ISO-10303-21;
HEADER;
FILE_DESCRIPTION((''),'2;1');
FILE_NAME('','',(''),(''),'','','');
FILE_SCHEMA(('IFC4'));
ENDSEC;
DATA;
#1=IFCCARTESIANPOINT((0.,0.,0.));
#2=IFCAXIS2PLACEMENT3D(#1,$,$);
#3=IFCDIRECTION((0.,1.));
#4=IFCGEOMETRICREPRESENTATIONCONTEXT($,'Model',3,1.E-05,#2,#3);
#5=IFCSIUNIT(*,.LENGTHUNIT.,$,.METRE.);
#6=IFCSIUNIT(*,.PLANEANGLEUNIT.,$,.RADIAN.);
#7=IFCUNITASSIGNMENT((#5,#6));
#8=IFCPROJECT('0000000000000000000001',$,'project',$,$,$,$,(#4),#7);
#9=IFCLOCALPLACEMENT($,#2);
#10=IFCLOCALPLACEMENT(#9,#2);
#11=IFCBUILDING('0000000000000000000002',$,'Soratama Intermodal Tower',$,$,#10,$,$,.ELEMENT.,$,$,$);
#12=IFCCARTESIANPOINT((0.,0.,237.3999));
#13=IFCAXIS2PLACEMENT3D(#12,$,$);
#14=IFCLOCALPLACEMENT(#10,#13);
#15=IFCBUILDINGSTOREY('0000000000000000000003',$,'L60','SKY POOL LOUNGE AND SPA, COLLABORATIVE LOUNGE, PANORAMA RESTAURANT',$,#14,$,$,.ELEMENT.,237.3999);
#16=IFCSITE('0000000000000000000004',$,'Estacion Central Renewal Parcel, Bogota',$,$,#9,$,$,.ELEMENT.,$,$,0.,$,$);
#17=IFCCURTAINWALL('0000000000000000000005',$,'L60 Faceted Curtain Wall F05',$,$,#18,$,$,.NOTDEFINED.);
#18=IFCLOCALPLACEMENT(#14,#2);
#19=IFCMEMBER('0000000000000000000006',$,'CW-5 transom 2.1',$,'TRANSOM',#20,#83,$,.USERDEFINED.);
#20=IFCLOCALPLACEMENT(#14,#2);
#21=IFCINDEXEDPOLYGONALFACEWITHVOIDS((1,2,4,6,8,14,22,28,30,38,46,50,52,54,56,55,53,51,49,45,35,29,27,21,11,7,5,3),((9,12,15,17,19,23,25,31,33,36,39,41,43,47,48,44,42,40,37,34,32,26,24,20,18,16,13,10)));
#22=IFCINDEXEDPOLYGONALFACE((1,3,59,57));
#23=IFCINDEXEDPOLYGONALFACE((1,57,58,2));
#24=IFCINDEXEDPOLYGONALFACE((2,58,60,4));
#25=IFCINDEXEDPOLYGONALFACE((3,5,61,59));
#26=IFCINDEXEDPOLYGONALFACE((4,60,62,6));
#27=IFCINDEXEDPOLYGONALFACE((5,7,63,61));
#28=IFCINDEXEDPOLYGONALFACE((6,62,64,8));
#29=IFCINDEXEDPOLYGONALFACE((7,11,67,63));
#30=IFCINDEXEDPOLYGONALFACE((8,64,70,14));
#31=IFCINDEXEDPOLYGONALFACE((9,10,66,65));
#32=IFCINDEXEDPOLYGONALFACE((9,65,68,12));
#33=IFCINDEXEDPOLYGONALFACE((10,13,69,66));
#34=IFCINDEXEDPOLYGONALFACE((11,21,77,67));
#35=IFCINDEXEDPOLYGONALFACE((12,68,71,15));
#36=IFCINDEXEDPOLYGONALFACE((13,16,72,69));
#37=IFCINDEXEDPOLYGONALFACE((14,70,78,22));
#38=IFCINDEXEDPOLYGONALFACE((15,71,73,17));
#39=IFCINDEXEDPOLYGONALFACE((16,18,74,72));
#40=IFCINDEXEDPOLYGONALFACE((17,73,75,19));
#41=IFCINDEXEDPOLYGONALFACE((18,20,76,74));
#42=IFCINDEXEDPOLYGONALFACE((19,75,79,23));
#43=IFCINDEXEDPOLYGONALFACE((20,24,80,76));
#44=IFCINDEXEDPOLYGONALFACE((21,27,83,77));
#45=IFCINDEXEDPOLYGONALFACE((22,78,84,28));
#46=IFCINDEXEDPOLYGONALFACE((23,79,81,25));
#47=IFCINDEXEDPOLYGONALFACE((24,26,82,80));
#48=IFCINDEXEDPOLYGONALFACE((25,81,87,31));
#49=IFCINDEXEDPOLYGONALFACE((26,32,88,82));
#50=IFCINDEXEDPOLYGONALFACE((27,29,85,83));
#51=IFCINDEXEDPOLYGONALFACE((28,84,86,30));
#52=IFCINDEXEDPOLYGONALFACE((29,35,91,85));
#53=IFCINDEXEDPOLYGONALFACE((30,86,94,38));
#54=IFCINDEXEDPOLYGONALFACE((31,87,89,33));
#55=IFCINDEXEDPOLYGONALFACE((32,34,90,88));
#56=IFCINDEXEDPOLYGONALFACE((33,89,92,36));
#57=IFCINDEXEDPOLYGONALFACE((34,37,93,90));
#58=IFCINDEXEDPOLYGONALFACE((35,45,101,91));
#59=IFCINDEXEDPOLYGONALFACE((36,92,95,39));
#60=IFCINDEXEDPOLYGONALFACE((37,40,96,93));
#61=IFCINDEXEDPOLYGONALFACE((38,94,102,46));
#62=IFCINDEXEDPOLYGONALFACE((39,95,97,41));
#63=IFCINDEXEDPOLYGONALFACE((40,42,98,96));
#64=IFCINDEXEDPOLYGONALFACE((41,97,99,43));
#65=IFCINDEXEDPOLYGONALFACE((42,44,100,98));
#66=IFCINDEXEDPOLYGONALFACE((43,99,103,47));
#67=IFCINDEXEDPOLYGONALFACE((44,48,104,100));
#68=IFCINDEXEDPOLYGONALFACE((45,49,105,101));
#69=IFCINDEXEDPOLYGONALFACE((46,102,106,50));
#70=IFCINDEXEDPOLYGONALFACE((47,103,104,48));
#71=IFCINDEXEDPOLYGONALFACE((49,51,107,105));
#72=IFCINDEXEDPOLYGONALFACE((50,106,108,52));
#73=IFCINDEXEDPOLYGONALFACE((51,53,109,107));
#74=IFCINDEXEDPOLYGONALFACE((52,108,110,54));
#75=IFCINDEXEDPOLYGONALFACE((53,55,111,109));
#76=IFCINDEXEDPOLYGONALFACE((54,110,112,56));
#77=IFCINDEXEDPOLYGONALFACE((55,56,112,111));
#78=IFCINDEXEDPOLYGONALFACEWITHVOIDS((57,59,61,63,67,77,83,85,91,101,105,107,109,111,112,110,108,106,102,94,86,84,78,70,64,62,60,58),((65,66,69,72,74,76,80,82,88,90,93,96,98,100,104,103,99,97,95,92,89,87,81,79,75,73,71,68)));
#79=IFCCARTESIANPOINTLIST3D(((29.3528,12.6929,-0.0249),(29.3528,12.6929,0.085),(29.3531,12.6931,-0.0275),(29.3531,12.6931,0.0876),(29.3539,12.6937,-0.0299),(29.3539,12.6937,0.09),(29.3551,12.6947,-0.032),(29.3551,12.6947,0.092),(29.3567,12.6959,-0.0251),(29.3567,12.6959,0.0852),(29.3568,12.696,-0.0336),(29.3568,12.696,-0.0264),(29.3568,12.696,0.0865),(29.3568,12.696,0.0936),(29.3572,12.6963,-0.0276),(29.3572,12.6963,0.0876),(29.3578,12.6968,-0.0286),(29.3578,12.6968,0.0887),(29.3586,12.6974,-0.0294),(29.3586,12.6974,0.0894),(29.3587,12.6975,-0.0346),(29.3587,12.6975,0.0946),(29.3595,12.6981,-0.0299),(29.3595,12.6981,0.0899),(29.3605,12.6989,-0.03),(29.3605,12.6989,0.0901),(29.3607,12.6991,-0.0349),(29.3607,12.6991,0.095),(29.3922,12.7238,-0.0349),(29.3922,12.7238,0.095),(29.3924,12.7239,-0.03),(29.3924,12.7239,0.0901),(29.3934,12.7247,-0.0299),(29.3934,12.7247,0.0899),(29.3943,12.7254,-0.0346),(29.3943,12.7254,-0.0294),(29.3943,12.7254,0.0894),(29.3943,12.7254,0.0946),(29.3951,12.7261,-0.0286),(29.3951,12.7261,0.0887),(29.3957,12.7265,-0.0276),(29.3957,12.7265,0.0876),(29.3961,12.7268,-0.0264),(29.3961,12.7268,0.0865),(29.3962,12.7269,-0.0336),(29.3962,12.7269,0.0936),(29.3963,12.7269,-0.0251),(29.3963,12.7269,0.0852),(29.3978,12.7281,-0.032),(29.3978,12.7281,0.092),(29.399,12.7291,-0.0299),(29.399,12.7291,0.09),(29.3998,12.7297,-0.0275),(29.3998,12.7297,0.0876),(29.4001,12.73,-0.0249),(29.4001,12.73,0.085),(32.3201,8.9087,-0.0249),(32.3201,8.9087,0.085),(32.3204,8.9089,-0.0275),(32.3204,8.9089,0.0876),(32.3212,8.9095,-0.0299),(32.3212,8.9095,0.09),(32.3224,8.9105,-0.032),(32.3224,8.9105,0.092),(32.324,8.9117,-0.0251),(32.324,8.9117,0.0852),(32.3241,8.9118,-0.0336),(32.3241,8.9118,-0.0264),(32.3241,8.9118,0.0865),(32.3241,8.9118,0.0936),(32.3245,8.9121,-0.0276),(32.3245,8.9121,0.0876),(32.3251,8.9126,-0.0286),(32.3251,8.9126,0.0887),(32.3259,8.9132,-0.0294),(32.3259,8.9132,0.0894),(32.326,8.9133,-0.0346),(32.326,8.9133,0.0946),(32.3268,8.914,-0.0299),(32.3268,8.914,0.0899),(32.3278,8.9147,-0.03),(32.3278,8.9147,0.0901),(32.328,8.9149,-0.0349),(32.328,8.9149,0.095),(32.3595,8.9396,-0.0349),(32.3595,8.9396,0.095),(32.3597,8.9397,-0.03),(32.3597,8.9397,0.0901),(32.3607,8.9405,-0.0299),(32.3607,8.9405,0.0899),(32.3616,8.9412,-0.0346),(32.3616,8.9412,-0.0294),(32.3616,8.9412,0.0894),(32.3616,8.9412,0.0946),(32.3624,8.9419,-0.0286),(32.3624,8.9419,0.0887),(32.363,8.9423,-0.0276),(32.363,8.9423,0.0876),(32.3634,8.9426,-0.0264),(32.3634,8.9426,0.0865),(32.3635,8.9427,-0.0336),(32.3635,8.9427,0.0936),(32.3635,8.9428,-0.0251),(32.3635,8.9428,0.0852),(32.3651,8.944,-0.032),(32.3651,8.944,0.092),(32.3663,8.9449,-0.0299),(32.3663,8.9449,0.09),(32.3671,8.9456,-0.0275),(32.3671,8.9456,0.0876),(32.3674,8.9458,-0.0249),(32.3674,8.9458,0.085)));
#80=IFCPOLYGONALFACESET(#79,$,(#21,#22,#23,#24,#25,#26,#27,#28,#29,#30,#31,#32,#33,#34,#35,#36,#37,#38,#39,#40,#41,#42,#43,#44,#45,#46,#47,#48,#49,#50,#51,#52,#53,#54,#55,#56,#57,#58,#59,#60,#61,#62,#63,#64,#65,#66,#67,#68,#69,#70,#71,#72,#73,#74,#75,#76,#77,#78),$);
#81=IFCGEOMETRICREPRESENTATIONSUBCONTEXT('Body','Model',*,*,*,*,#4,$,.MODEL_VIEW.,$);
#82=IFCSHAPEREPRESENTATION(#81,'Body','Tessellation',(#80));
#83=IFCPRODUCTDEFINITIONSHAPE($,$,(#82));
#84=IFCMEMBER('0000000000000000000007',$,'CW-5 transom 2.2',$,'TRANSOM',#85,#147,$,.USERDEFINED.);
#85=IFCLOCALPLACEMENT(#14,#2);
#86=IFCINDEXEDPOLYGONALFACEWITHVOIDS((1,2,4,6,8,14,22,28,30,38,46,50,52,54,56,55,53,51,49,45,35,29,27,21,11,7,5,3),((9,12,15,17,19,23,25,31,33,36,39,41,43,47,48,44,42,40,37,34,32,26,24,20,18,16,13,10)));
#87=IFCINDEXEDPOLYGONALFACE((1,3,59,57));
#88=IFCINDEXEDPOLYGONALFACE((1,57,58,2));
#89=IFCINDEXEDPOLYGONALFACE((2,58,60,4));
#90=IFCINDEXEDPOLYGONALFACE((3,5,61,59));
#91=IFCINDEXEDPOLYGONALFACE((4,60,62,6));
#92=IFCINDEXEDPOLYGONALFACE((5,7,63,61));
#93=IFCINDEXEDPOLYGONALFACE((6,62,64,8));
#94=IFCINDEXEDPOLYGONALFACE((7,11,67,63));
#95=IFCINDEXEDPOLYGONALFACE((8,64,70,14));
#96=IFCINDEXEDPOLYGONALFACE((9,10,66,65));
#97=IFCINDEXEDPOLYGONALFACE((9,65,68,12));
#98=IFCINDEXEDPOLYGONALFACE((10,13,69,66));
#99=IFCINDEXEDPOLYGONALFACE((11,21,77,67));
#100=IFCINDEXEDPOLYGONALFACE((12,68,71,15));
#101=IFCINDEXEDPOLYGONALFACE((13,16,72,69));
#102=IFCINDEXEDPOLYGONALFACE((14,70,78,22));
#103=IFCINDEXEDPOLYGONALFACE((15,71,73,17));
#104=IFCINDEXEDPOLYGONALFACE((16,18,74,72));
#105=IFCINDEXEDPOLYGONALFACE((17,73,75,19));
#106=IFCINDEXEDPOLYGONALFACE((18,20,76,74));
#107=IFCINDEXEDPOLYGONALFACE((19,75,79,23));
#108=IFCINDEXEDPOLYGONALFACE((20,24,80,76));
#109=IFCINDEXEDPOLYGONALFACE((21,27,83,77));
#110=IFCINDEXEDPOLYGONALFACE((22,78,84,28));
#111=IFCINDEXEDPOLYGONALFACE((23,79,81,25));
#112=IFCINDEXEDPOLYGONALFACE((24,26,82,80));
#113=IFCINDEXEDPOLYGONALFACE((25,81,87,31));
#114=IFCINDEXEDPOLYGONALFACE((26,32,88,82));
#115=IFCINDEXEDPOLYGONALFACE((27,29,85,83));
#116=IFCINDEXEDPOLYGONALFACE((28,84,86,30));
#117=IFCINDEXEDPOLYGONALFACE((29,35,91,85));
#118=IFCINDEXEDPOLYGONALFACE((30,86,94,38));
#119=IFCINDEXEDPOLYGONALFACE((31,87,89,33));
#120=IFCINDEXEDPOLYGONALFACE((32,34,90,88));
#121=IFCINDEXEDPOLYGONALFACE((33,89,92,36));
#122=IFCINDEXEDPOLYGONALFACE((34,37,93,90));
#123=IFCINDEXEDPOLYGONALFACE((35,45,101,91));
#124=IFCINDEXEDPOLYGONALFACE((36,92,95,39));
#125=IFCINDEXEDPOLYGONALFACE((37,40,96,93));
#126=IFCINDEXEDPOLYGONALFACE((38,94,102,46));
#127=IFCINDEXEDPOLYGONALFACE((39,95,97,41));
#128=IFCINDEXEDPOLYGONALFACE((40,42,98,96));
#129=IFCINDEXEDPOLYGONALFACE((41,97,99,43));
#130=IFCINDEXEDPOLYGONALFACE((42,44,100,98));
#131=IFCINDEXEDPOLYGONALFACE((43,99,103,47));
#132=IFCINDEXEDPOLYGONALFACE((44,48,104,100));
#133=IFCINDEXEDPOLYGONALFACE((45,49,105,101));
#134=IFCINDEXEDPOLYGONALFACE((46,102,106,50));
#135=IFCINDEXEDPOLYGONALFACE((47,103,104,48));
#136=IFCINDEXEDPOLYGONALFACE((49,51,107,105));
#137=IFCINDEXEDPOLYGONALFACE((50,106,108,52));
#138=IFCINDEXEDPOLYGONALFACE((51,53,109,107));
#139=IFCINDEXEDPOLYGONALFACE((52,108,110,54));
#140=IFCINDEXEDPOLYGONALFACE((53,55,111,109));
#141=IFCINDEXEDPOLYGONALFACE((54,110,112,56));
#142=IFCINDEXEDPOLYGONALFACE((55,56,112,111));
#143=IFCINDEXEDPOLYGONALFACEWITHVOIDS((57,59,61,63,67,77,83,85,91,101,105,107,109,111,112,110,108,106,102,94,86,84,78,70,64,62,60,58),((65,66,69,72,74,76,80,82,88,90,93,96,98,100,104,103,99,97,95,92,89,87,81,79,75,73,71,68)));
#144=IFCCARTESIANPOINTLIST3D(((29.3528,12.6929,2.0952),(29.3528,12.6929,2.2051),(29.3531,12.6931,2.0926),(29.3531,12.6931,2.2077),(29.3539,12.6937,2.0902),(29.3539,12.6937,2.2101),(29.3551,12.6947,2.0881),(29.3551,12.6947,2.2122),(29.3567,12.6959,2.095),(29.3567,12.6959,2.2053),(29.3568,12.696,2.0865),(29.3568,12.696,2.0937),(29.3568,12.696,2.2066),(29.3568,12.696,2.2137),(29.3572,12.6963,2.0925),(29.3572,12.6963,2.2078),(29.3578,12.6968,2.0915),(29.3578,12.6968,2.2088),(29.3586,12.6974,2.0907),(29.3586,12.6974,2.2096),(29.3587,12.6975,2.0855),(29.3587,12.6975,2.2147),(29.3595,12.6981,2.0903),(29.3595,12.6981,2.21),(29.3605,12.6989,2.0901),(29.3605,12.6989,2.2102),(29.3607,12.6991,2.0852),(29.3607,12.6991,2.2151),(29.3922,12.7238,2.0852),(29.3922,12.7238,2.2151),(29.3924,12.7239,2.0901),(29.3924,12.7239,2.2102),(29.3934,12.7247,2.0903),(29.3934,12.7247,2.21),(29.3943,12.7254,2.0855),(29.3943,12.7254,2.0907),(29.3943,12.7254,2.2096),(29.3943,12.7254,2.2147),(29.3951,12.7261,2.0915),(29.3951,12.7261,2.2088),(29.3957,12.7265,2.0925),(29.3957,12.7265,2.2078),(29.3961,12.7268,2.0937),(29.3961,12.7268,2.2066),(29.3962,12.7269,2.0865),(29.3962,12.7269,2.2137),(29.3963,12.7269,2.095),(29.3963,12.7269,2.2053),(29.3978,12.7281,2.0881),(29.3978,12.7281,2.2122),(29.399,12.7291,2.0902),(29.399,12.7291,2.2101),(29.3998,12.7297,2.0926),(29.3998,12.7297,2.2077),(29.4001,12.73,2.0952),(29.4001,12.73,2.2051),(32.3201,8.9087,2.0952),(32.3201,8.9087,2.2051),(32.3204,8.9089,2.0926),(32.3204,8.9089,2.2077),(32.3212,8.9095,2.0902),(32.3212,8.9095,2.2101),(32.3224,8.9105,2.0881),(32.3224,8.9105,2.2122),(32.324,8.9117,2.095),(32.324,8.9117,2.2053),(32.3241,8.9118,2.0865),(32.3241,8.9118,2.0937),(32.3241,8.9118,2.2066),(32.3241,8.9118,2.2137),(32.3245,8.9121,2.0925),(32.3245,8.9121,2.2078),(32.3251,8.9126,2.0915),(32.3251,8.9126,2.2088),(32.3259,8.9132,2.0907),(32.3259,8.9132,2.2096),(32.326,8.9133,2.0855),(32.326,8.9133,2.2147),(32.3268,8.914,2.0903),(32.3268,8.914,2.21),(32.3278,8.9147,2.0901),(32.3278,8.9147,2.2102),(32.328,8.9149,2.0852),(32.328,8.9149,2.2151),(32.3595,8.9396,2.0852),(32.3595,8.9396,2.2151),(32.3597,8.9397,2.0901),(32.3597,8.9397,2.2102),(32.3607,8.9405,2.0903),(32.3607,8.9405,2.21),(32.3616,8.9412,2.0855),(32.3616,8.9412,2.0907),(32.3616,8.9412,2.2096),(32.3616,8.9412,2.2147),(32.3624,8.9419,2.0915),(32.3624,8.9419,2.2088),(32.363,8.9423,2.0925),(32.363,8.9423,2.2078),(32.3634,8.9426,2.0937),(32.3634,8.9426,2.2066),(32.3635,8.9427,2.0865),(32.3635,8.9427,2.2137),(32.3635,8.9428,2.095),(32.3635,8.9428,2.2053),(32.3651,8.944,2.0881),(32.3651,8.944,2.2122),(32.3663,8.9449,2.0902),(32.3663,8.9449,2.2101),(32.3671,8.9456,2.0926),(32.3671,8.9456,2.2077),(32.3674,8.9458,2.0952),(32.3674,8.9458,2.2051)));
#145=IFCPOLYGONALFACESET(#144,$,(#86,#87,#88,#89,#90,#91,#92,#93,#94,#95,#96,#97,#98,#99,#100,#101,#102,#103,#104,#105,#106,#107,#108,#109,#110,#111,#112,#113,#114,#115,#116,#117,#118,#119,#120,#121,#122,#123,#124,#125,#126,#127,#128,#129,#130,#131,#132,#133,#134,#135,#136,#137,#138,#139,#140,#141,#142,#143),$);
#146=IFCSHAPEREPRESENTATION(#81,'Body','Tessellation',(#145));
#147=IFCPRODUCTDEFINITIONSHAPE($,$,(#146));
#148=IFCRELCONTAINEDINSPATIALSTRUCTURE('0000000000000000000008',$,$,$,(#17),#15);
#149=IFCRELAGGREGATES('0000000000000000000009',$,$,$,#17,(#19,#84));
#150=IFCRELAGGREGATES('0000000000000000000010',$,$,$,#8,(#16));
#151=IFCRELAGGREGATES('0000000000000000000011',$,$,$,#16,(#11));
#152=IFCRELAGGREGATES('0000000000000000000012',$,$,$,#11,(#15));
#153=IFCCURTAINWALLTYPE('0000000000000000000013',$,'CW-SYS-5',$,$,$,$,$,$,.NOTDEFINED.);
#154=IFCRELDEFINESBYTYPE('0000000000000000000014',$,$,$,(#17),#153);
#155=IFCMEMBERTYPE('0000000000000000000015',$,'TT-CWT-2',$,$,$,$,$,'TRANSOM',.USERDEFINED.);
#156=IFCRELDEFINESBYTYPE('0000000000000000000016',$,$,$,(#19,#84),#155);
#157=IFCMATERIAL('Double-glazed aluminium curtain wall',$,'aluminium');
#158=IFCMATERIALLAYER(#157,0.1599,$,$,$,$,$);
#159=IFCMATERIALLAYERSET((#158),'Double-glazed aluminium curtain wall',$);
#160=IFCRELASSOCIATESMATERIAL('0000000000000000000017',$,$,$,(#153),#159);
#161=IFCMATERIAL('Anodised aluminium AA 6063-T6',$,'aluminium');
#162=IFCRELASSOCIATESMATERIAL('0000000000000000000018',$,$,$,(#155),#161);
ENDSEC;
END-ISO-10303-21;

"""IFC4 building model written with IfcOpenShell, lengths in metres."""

from ifc_helpers import new_model, si_unit, direction, frame, origin, origin_2d, place, context, subcontext, project, spatial, hollow_rectangle, extrude, material, layer, layer_set, material_profile, profile_set, type_object, element, aggregate, save


model = new_model("IFC4")

# Units and contexts
model_context = context("Model", 3, precision=1e-05, world=origin(), true_north=direction((0.0, 1.0)))
body_context = subcontext(model_context, "Body", "Model", "MODEL_VIEW")
ifc_project = project(units=[si_unit("LENGTHUNIT", "METRE"), si_unit("PLANEANGLEUNIT", "RADIAN")], contexts=[model_context])

# Site, building, storey
site_placement = place(None, origin())
site = spatial("IfcSite", under=ifc_project, at=site_placement, Name="Estacion Central Renewal Parcel, Bogota", CompositionType="ELEMENT", RefElevation=0.0)
building_placement = place(site_placement, origin())
building = spatial("IfcBuilding", under=site, at=building_placement, Name="Soratama Intermodal Tower", CompositionType="ELEMENT")
storey_placement = place(building_placement, frame((0.0, 0.0, 237.3999)))
storey = spatial("IfcBuildingStorey", under=building, at=storey_placement, Name="L60", Description="SKY POOL LOUNGE AND SPA, COLLABORATIVE LOUNGE, PANORAMA RESTAURANT", CompositionType="ELEMENT", Elevation=237.3999)

# Curtain wall, members
ifc_material_1 = material(Name="Double-glazed aluminium curtain wall", Category="aluminium")
ifc_layer_1 = layer(ifc_material_1, 0.1599)
ifc_layer_set_1 = layer_set([ifc_layer_1], Name="Double-glazed aluminium curtain wall")
curtain_wall_type = type_object("IfcCurtainWallType", Name="CW-SYS-5", PredefinedType="NOTDEFINED", material=ifc_layer_set_1)
curtain_wall_placement = place(storey_placement, origin())
curtain_wall = element("IfcCurtainWall", 1, at=curtain_wall_placement, inside=storey, type_object=curtain_wall_type, Name="L60 Faceted Curtain Wall F05", PredefinedType="NOTDEFINED")
ifc_material_2 = material(Name="Anodised aluminium AA 6063-T6", Category="aluminium")
ifc_material_profile_1 = material_profile(ifc_material_2, hollow_rectangle(XDim=0.0601, YDim=0.1299, WallThickness=0.0049, InnerFilletRadius=0.0049, OuterFilletRadius=0.01, at=origin_2d()), Name="CWT130X60X5")
ifc_profile_set_1 = profile_set([ifc_material_profile_1], Name="Anodised aluminium AA 6063-T6")
member_type_1 = type_object("IfcMemberType", Name="TT-CWT-2", ElementType="TRANSOM", PredefinedType="USERDEFINED", material=ifc_profile_set_1)
member_1_placement = place(storey_placement, frame((29.3765, 12.7114, 0.03), z_axis=(0.61705, -0.786924, 0.0), x_axis=(0.786924, 0.61705, 0.0)))
member_1 = element("IfcMember", 2, at=member_1_placement, type_object=member_type_1, Name="CW-5 transom 2.1", ObjectType="TRANSOM", PredefinedType="USERDEFINED", context=body_context, shape_type="SweptSolid", body=[
    extrude(hollow_rectangle(XDim=0.0601, YDim=0.1299, WallThickness=0.0049, InnerFilletRadius=0.0049, OuterFilletRadius=0.01, at=origin_2d()), origin(), (0.0, 0.0, 1.0), 4.8088),
])
member_2_placement = place(storey_placement, frame((29.3765, 12.7114, 2.1501), z_axis=(0.61705, -0.786924, 0.0), x_axis=(0.786924, 0.61705, 0.0)))
member_2 = element("IfcMember", 3, at=member_2_placement, type_object=member_type_1, Name="CW-5 transom 2.2", ObjectType="TRANSOM", PredefinedType="USERDEFINED", context=body_context, shape_type="SweptSolid", body=[
    extrude(hollow_rectangle(XDim=0.0601, YDim=0.1299, WallThickness=0.0049, InnerFilletRadius=0.0049, OuterFilletRadius=0.01, at=origin_2d()), origin(), (0.0, 0.0, 1.0), 4.8088),
])
aggregate(curtain_wall, [member_1, member_2])

save(model, "model.ifc")
